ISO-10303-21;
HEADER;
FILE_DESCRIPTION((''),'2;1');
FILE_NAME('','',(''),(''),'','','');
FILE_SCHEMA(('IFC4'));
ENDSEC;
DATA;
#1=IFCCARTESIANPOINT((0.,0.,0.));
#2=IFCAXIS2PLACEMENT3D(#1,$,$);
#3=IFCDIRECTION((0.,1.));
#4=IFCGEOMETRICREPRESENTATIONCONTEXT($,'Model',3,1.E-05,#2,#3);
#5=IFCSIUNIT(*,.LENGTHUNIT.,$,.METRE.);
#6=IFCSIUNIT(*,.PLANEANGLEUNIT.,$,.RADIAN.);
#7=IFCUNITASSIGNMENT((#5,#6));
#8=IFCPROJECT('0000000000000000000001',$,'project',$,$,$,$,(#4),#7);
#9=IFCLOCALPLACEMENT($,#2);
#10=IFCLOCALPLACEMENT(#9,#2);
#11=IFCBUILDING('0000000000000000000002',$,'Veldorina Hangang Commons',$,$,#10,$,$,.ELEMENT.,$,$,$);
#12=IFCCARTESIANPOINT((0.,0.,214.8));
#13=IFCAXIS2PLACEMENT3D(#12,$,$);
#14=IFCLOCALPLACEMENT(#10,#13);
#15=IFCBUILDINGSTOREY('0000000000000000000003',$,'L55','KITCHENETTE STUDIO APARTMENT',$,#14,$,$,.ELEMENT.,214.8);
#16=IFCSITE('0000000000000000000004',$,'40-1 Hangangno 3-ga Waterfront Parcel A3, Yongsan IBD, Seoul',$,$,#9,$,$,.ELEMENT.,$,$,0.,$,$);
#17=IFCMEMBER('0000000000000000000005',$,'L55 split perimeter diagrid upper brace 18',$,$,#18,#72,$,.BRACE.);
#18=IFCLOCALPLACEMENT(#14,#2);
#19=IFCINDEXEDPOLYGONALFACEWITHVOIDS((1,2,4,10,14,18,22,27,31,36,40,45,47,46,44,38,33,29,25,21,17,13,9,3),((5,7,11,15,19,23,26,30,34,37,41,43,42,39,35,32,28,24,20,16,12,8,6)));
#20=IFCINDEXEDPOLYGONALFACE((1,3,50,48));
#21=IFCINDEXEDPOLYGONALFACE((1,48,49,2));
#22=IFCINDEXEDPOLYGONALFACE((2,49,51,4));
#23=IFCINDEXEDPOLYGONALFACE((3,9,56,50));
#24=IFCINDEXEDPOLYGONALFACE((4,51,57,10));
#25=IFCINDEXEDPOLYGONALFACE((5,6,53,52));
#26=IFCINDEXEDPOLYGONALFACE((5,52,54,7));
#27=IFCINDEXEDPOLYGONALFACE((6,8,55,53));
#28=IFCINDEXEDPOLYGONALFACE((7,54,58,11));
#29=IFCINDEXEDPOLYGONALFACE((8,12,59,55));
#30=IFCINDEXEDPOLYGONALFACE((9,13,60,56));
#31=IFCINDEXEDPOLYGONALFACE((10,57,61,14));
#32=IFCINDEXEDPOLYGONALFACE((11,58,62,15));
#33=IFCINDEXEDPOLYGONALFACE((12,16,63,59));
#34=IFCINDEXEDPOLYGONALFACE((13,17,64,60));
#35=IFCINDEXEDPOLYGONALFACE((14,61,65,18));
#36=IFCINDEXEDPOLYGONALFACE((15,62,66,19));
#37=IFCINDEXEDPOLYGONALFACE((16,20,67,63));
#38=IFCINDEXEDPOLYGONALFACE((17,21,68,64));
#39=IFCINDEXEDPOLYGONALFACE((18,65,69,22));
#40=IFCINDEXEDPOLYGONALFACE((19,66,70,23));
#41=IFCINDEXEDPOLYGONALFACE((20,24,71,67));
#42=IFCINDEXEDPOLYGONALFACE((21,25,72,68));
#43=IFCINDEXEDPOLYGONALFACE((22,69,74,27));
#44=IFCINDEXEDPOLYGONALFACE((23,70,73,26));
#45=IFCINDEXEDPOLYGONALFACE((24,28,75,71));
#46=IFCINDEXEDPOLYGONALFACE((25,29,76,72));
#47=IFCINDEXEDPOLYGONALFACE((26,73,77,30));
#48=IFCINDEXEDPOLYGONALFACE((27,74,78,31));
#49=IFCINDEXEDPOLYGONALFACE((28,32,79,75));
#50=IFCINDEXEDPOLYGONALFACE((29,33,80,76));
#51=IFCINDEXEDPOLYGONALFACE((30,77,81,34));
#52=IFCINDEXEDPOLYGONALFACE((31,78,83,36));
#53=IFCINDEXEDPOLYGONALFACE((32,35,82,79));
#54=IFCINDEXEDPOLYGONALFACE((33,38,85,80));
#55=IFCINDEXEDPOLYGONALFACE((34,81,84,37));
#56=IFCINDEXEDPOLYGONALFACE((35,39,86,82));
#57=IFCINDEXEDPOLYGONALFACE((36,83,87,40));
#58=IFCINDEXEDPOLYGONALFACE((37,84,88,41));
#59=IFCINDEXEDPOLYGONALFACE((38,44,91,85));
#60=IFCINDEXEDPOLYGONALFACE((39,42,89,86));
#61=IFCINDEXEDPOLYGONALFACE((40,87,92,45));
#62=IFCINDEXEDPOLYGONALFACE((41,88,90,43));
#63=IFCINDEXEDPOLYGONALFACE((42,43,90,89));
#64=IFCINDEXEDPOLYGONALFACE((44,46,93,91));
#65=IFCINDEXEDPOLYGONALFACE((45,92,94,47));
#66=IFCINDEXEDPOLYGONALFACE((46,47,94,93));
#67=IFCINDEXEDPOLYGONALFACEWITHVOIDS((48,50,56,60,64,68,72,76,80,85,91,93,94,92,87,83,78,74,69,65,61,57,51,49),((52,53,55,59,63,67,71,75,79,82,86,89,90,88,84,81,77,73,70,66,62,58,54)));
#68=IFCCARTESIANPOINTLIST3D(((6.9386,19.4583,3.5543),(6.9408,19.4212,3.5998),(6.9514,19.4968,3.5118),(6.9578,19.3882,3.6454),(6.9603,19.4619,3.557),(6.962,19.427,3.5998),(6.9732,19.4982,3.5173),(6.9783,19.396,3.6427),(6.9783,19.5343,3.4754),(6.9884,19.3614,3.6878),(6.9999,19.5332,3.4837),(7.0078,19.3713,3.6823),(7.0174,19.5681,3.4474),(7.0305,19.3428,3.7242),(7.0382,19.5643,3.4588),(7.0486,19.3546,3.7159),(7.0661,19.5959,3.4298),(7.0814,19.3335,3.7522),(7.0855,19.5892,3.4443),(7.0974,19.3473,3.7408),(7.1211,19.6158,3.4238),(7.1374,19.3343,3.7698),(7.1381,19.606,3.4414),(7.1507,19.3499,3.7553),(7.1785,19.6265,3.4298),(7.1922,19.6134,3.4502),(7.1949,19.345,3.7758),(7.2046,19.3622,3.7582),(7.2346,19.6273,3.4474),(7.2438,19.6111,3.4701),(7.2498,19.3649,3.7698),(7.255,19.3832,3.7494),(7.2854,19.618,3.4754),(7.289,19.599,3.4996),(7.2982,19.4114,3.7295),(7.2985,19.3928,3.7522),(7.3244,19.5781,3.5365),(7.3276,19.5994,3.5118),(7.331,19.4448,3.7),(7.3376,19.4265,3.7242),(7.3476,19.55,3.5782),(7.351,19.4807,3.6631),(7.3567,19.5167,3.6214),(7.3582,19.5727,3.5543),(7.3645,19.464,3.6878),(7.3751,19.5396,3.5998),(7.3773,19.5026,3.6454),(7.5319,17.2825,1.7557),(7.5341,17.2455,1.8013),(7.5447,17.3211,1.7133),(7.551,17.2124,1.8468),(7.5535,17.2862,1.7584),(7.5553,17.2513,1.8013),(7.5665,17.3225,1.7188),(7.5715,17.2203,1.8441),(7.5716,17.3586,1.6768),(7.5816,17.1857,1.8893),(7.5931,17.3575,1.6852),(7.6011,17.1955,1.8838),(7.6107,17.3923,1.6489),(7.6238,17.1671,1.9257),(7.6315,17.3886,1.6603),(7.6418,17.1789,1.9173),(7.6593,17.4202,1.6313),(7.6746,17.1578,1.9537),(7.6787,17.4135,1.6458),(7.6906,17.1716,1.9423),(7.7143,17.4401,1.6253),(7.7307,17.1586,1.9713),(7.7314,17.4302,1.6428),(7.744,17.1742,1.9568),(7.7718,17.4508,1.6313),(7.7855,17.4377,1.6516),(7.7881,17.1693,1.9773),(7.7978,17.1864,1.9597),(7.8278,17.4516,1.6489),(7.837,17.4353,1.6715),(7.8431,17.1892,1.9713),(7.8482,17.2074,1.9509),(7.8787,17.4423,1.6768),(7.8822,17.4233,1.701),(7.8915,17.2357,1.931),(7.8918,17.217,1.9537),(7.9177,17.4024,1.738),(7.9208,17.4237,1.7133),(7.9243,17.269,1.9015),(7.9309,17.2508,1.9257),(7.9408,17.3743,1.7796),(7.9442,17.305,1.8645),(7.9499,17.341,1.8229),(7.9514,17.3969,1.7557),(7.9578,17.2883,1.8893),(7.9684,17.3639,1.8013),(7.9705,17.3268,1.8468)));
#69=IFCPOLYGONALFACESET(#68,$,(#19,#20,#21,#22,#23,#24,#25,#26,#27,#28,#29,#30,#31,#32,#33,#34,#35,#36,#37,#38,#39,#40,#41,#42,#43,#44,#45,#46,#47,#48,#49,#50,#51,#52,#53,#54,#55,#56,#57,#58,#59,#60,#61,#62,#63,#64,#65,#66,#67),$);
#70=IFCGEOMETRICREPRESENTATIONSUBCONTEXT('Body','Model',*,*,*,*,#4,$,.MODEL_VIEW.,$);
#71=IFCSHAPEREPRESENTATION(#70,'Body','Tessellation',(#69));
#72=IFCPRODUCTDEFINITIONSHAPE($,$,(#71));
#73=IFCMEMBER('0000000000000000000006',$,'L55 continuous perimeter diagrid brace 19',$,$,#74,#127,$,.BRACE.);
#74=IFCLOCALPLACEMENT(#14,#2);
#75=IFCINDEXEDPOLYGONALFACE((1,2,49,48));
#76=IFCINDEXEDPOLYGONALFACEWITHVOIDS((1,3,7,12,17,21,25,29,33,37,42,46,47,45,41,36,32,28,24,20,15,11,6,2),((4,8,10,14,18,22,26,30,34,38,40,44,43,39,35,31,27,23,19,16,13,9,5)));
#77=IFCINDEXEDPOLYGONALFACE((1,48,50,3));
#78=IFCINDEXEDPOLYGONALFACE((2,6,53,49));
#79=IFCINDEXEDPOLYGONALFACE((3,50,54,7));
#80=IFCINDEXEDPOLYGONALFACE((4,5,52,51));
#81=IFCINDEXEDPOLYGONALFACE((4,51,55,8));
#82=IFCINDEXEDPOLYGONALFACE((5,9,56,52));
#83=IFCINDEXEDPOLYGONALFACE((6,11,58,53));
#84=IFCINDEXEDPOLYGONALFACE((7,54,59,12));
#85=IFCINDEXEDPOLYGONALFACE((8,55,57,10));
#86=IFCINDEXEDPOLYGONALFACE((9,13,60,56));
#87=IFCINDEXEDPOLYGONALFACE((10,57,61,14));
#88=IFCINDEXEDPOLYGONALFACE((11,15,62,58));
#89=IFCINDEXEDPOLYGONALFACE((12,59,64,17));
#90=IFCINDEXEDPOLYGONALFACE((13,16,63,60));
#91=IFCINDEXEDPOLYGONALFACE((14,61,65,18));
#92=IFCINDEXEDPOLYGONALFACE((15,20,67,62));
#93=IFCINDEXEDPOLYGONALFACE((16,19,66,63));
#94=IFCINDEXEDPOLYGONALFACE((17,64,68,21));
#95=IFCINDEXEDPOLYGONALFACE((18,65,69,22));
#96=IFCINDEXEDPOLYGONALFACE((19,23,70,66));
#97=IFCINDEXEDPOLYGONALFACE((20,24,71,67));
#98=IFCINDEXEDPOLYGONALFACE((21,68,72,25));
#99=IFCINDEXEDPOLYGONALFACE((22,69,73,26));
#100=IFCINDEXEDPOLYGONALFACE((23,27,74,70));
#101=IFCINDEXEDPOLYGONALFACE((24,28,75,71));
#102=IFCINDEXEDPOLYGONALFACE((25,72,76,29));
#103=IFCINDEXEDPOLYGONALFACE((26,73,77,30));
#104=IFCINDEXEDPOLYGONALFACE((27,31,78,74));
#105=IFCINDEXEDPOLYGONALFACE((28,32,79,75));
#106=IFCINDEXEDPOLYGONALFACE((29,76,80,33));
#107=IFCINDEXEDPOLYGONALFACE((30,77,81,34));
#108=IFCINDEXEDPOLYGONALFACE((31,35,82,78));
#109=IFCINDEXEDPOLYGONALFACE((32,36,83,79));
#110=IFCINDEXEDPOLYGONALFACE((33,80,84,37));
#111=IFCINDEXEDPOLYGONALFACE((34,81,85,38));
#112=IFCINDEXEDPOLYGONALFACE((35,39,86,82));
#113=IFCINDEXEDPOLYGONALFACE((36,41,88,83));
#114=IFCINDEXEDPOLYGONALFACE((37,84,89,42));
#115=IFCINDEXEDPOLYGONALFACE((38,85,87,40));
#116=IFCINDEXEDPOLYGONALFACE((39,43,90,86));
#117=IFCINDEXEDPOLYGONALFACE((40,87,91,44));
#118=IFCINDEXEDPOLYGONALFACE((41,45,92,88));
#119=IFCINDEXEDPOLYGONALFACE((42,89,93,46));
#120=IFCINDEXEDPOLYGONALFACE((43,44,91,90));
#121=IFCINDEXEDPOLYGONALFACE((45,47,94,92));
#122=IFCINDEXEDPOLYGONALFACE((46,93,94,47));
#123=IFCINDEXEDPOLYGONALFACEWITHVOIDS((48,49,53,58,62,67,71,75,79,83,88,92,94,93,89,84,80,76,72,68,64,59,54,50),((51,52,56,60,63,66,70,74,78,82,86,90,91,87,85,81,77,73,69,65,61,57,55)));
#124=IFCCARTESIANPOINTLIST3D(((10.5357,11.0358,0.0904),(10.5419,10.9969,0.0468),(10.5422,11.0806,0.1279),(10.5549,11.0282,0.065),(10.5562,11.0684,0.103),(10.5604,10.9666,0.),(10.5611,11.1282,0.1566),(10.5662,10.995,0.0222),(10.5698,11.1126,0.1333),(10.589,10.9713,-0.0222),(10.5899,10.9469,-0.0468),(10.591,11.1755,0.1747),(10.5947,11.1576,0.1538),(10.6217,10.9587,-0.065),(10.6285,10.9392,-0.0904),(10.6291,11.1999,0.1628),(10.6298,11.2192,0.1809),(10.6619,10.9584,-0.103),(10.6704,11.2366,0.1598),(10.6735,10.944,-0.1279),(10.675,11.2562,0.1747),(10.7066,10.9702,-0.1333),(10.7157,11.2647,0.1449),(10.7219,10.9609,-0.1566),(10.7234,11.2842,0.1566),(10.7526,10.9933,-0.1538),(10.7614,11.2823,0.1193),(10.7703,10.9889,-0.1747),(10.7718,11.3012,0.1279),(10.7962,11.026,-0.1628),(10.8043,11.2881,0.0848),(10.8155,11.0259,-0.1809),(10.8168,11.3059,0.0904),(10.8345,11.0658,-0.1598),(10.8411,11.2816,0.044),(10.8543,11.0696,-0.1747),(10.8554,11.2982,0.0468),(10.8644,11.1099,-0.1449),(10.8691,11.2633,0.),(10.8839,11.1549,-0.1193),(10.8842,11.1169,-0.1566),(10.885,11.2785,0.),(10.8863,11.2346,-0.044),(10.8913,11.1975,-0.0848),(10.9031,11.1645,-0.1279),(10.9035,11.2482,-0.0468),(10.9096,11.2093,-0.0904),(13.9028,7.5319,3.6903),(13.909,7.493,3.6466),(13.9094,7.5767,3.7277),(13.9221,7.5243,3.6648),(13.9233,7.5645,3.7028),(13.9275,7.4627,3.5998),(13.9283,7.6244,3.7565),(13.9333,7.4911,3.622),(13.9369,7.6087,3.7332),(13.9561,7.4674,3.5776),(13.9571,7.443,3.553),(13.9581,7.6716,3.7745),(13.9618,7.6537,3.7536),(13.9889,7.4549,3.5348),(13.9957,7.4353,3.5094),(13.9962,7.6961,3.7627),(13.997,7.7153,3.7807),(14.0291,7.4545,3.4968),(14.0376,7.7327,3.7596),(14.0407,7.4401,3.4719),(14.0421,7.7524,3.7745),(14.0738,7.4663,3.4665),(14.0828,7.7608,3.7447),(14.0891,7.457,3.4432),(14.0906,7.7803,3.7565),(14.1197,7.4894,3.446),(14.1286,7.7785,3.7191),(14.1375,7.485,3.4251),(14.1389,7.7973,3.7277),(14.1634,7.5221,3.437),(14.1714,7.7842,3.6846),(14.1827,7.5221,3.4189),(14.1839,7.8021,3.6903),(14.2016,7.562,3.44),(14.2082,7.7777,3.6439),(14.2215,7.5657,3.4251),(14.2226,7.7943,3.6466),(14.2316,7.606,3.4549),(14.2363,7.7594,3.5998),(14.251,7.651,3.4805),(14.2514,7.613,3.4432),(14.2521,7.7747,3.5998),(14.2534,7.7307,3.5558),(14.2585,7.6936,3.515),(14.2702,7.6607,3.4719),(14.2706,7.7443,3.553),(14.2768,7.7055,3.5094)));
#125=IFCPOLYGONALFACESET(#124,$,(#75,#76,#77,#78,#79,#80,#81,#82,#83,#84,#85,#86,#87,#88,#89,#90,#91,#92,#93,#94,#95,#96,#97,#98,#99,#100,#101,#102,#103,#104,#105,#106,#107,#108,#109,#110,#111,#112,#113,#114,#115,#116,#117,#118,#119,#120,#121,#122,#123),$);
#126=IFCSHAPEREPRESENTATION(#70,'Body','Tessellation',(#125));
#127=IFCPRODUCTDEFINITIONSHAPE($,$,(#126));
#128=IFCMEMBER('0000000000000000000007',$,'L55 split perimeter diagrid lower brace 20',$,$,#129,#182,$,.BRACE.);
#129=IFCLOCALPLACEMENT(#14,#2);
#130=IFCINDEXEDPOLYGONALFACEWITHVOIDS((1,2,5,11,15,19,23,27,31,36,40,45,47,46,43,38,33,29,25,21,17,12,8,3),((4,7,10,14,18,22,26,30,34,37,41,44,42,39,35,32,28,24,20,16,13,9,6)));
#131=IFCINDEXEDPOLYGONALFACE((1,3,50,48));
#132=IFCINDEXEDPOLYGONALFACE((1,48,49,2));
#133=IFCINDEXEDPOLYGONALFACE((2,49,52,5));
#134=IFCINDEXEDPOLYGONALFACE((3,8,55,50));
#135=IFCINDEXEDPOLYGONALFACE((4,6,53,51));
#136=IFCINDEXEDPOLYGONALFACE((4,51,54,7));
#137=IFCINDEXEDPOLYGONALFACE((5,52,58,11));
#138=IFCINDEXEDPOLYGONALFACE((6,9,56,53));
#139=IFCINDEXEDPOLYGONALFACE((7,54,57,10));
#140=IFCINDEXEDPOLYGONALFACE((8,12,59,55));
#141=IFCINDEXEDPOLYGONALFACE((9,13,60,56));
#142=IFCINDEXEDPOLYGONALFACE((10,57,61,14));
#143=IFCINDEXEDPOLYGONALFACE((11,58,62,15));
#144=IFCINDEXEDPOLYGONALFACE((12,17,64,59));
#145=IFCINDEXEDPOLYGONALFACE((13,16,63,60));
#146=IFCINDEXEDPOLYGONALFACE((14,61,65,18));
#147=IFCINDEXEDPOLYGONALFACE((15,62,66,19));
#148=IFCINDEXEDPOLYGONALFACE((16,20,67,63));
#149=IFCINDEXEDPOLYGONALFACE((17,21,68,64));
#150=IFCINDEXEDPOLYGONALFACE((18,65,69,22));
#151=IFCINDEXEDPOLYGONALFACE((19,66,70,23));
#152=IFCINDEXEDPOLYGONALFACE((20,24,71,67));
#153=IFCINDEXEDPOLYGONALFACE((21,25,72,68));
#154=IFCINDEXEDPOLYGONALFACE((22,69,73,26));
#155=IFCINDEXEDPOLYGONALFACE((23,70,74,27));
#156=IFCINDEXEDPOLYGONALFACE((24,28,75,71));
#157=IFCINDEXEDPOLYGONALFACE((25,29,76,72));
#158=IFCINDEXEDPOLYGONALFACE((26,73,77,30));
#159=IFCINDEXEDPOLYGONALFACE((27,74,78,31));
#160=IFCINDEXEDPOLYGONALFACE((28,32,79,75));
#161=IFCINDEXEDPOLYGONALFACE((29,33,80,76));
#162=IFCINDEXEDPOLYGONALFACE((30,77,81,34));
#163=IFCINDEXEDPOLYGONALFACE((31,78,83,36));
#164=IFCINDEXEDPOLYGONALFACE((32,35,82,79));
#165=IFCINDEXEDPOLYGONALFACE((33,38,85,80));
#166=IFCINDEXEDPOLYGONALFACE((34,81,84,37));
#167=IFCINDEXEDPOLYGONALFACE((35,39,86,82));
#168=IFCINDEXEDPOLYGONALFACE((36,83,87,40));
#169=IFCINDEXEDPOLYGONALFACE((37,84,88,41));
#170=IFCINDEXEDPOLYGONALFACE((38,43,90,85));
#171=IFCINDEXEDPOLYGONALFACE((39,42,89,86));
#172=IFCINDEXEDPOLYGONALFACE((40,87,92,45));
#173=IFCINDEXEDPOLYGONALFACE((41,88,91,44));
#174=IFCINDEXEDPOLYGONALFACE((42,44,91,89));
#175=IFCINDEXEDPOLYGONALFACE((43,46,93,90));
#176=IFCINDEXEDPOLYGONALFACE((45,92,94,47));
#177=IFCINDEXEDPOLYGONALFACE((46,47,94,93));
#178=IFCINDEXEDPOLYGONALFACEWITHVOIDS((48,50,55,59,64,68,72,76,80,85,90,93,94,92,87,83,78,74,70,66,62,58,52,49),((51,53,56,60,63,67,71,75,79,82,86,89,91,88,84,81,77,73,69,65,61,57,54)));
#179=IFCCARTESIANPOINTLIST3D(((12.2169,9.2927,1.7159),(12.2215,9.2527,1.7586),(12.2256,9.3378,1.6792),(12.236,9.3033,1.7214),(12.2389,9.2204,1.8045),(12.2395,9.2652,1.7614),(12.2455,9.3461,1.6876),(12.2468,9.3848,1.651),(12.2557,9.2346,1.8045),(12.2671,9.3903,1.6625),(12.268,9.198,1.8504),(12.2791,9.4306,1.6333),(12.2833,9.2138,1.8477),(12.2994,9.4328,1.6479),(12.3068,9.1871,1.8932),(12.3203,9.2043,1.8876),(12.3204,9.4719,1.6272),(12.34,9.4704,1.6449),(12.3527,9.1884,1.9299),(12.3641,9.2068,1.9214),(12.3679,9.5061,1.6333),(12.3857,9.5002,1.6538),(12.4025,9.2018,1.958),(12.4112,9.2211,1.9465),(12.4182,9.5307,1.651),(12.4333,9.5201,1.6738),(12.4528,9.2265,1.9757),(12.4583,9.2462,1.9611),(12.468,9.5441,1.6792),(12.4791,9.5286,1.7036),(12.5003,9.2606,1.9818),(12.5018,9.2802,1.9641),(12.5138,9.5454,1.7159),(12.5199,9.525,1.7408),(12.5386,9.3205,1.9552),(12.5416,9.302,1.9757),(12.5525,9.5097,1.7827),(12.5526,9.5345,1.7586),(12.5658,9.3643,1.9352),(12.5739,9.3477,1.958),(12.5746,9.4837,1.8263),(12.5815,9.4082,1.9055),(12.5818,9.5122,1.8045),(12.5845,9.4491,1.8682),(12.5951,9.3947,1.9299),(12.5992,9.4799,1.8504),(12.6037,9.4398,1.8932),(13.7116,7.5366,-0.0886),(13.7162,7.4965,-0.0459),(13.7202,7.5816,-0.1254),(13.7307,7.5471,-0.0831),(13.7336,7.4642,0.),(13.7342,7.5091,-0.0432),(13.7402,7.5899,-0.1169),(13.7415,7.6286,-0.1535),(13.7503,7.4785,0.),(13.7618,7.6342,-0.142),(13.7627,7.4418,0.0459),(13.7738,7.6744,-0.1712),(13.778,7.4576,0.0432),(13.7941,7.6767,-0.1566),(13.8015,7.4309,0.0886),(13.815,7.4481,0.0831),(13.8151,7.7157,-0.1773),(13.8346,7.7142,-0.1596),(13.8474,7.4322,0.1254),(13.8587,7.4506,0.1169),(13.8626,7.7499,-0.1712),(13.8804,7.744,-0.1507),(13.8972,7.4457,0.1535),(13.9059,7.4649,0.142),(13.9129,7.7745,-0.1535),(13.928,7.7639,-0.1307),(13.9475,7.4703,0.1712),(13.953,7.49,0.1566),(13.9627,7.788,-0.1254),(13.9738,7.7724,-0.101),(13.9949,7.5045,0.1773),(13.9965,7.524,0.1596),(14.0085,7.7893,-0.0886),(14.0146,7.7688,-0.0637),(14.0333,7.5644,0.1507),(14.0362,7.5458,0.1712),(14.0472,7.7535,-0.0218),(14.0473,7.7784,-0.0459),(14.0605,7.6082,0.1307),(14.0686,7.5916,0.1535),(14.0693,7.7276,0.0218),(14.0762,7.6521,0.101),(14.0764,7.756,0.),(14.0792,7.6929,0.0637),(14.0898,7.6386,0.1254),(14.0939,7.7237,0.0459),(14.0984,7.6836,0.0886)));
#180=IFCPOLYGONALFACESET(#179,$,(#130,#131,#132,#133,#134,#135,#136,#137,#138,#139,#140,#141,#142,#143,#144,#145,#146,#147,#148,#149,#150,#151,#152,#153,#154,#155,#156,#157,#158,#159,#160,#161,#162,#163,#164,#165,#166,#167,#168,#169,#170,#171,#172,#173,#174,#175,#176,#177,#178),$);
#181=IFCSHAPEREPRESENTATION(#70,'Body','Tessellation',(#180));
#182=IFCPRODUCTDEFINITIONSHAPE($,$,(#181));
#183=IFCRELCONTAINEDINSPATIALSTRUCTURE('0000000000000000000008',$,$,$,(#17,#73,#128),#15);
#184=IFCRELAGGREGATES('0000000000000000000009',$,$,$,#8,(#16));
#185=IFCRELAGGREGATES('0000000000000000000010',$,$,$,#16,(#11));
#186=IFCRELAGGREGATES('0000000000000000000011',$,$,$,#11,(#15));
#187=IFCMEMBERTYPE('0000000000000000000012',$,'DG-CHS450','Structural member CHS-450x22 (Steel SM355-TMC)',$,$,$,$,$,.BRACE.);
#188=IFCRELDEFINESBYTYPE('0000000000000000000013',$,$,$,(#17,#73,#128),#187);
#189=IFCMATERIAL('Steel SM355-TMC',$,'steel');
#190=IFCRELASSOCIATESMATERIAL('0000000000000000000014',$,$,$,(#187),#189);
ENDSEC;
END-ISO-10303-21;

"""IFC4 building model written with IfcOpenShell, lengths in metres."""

from ifc_helpers import new_model, si_unit, direction, frame, origin, origin_2d, place, context, subcontext, project, spatial, hollow_circle, extrude, material, material_profile, profile_set, type_object, element, save


model = new_model("IFC4")

# Units and contexts
model_context = context("Model", 3, precision=1e-05, world=origin(), true_north=direction((0.0, 1.0)))
body_context = subcontext(model_context, "Body", "Model", "MODEL_VIEW")
ifc_project = project(units=[si_unit("LENGTHUNIT", "METRE"), si_unit("PLANEANGLEUNIT", "RADIAN")], contexts=[model_context])

# Site, building, storey
site_placement = place(None, origin())
site = spatial("IfcSite", under=ifc_project, at=site_placement, Name="40-1 Hangangno 3-ga Waterfront Parcel A3, Yongsan IBD, Seoul", CompositionType="ELEMENT", RefElevation=0.0)
building_placement = place(site_placement, origin())
building = spatial("IfcBuilding", under=site, at=building_placement, Name="Veldorina Hangang Commons", CompositionType="ELEMENT")
storey_placement = place(building_placement, frame((0.0, 0.0, 214.8)))
storey = spatial("IfcBuildingStorey", under=building, at=storey_placement, Name="L55", Description="KITCHENETTE STUDIO APARTMENT", CompositionType="ELEMENT", Elevation=214.8)

# Shared definitions
ifc_material_1 = material(Name="Steel SM355-TMC", Category="steel")

# Members
ifc_material_profile_1 = material_profile(ifc_material_1, hollow_circle(Radius=0.2251, WallThickness=0.022, at=origin_2d()), Name="CHS-450x22")
ifc_profile_set_1 = profile_set([ifc_material_profile_1], Name="Steel SM355-TMC")
member_type_1 = type_object("IfcMemberType", Name="DG-CHS450", Description="Structural member CHS-450x22 (Steel SM355-TMC)", PredefinedType="BRACE", material=ifc_profile_set_1)
member_1_placement = place(storey_placement, frame((7.7512, 17.3047, 1.8013), z_axis=(-0.205666, 0.754276, 0.623514), x_axis=(-0.964779, -0.263062, 0.0)))
element("IfcMember", 1, at=member_1_placement, inside=storey, type_object=member_type_1, Name="L55 split perimeter diagrid upper brace 18", PredefinedType="BRACE", context=body_context, shape_type="SweptSolid", body=[
    extrude(hollow_circle(Radius=0.2251, WallThickness=0.022, at=origin_2d()), origin(), (0.0, 0.0, 1.0), 2.8845),
])
member_2_placement = place(storey_placement, frame((10.7227, 11.1226, 0.0), z_axis=(0.556775, -0.579382, 0.595247), x_axis=(0.721034, 0.6929, 0.0)))
element("IfcMember", 2, at=member_2_placement, inside=storey, type_object=member_type_1, Name="L55 continuous perimeter diagrid brace 19", PredefinedType="BRACE", context=body_context, shape_type="SweptSolid", body=[
    extrude(hollow_circle(Radius=0.2251, WallThickness=0.022, at=origin_2d()), origin(), (0.0, 0.0, 1.0), 6.0476),
])
member_3_placement = place(storey_placement, frame((13.905, 7.6101, 0.0), z_axis=(-0.510441, 0.59974, 0.616248), x_axis=(-0.761524, -0.648137, 0.0)))
element("IfcMember", 3, at=member_3_placement, inside=storey, type_object=member_type_1, Name="L55 split perimeter diagrid lower brace 20", PredefinedType="BRACE", context=body_context, shape_type="SweptSolid", body=[
    extrude(hollow_circle(Radius=0.2251, WallThickness=0.022, at=origin_2d()), origin(), (0.0, 0.0, 1.0), 2.9282),
])

save(model, "model.ifc")
